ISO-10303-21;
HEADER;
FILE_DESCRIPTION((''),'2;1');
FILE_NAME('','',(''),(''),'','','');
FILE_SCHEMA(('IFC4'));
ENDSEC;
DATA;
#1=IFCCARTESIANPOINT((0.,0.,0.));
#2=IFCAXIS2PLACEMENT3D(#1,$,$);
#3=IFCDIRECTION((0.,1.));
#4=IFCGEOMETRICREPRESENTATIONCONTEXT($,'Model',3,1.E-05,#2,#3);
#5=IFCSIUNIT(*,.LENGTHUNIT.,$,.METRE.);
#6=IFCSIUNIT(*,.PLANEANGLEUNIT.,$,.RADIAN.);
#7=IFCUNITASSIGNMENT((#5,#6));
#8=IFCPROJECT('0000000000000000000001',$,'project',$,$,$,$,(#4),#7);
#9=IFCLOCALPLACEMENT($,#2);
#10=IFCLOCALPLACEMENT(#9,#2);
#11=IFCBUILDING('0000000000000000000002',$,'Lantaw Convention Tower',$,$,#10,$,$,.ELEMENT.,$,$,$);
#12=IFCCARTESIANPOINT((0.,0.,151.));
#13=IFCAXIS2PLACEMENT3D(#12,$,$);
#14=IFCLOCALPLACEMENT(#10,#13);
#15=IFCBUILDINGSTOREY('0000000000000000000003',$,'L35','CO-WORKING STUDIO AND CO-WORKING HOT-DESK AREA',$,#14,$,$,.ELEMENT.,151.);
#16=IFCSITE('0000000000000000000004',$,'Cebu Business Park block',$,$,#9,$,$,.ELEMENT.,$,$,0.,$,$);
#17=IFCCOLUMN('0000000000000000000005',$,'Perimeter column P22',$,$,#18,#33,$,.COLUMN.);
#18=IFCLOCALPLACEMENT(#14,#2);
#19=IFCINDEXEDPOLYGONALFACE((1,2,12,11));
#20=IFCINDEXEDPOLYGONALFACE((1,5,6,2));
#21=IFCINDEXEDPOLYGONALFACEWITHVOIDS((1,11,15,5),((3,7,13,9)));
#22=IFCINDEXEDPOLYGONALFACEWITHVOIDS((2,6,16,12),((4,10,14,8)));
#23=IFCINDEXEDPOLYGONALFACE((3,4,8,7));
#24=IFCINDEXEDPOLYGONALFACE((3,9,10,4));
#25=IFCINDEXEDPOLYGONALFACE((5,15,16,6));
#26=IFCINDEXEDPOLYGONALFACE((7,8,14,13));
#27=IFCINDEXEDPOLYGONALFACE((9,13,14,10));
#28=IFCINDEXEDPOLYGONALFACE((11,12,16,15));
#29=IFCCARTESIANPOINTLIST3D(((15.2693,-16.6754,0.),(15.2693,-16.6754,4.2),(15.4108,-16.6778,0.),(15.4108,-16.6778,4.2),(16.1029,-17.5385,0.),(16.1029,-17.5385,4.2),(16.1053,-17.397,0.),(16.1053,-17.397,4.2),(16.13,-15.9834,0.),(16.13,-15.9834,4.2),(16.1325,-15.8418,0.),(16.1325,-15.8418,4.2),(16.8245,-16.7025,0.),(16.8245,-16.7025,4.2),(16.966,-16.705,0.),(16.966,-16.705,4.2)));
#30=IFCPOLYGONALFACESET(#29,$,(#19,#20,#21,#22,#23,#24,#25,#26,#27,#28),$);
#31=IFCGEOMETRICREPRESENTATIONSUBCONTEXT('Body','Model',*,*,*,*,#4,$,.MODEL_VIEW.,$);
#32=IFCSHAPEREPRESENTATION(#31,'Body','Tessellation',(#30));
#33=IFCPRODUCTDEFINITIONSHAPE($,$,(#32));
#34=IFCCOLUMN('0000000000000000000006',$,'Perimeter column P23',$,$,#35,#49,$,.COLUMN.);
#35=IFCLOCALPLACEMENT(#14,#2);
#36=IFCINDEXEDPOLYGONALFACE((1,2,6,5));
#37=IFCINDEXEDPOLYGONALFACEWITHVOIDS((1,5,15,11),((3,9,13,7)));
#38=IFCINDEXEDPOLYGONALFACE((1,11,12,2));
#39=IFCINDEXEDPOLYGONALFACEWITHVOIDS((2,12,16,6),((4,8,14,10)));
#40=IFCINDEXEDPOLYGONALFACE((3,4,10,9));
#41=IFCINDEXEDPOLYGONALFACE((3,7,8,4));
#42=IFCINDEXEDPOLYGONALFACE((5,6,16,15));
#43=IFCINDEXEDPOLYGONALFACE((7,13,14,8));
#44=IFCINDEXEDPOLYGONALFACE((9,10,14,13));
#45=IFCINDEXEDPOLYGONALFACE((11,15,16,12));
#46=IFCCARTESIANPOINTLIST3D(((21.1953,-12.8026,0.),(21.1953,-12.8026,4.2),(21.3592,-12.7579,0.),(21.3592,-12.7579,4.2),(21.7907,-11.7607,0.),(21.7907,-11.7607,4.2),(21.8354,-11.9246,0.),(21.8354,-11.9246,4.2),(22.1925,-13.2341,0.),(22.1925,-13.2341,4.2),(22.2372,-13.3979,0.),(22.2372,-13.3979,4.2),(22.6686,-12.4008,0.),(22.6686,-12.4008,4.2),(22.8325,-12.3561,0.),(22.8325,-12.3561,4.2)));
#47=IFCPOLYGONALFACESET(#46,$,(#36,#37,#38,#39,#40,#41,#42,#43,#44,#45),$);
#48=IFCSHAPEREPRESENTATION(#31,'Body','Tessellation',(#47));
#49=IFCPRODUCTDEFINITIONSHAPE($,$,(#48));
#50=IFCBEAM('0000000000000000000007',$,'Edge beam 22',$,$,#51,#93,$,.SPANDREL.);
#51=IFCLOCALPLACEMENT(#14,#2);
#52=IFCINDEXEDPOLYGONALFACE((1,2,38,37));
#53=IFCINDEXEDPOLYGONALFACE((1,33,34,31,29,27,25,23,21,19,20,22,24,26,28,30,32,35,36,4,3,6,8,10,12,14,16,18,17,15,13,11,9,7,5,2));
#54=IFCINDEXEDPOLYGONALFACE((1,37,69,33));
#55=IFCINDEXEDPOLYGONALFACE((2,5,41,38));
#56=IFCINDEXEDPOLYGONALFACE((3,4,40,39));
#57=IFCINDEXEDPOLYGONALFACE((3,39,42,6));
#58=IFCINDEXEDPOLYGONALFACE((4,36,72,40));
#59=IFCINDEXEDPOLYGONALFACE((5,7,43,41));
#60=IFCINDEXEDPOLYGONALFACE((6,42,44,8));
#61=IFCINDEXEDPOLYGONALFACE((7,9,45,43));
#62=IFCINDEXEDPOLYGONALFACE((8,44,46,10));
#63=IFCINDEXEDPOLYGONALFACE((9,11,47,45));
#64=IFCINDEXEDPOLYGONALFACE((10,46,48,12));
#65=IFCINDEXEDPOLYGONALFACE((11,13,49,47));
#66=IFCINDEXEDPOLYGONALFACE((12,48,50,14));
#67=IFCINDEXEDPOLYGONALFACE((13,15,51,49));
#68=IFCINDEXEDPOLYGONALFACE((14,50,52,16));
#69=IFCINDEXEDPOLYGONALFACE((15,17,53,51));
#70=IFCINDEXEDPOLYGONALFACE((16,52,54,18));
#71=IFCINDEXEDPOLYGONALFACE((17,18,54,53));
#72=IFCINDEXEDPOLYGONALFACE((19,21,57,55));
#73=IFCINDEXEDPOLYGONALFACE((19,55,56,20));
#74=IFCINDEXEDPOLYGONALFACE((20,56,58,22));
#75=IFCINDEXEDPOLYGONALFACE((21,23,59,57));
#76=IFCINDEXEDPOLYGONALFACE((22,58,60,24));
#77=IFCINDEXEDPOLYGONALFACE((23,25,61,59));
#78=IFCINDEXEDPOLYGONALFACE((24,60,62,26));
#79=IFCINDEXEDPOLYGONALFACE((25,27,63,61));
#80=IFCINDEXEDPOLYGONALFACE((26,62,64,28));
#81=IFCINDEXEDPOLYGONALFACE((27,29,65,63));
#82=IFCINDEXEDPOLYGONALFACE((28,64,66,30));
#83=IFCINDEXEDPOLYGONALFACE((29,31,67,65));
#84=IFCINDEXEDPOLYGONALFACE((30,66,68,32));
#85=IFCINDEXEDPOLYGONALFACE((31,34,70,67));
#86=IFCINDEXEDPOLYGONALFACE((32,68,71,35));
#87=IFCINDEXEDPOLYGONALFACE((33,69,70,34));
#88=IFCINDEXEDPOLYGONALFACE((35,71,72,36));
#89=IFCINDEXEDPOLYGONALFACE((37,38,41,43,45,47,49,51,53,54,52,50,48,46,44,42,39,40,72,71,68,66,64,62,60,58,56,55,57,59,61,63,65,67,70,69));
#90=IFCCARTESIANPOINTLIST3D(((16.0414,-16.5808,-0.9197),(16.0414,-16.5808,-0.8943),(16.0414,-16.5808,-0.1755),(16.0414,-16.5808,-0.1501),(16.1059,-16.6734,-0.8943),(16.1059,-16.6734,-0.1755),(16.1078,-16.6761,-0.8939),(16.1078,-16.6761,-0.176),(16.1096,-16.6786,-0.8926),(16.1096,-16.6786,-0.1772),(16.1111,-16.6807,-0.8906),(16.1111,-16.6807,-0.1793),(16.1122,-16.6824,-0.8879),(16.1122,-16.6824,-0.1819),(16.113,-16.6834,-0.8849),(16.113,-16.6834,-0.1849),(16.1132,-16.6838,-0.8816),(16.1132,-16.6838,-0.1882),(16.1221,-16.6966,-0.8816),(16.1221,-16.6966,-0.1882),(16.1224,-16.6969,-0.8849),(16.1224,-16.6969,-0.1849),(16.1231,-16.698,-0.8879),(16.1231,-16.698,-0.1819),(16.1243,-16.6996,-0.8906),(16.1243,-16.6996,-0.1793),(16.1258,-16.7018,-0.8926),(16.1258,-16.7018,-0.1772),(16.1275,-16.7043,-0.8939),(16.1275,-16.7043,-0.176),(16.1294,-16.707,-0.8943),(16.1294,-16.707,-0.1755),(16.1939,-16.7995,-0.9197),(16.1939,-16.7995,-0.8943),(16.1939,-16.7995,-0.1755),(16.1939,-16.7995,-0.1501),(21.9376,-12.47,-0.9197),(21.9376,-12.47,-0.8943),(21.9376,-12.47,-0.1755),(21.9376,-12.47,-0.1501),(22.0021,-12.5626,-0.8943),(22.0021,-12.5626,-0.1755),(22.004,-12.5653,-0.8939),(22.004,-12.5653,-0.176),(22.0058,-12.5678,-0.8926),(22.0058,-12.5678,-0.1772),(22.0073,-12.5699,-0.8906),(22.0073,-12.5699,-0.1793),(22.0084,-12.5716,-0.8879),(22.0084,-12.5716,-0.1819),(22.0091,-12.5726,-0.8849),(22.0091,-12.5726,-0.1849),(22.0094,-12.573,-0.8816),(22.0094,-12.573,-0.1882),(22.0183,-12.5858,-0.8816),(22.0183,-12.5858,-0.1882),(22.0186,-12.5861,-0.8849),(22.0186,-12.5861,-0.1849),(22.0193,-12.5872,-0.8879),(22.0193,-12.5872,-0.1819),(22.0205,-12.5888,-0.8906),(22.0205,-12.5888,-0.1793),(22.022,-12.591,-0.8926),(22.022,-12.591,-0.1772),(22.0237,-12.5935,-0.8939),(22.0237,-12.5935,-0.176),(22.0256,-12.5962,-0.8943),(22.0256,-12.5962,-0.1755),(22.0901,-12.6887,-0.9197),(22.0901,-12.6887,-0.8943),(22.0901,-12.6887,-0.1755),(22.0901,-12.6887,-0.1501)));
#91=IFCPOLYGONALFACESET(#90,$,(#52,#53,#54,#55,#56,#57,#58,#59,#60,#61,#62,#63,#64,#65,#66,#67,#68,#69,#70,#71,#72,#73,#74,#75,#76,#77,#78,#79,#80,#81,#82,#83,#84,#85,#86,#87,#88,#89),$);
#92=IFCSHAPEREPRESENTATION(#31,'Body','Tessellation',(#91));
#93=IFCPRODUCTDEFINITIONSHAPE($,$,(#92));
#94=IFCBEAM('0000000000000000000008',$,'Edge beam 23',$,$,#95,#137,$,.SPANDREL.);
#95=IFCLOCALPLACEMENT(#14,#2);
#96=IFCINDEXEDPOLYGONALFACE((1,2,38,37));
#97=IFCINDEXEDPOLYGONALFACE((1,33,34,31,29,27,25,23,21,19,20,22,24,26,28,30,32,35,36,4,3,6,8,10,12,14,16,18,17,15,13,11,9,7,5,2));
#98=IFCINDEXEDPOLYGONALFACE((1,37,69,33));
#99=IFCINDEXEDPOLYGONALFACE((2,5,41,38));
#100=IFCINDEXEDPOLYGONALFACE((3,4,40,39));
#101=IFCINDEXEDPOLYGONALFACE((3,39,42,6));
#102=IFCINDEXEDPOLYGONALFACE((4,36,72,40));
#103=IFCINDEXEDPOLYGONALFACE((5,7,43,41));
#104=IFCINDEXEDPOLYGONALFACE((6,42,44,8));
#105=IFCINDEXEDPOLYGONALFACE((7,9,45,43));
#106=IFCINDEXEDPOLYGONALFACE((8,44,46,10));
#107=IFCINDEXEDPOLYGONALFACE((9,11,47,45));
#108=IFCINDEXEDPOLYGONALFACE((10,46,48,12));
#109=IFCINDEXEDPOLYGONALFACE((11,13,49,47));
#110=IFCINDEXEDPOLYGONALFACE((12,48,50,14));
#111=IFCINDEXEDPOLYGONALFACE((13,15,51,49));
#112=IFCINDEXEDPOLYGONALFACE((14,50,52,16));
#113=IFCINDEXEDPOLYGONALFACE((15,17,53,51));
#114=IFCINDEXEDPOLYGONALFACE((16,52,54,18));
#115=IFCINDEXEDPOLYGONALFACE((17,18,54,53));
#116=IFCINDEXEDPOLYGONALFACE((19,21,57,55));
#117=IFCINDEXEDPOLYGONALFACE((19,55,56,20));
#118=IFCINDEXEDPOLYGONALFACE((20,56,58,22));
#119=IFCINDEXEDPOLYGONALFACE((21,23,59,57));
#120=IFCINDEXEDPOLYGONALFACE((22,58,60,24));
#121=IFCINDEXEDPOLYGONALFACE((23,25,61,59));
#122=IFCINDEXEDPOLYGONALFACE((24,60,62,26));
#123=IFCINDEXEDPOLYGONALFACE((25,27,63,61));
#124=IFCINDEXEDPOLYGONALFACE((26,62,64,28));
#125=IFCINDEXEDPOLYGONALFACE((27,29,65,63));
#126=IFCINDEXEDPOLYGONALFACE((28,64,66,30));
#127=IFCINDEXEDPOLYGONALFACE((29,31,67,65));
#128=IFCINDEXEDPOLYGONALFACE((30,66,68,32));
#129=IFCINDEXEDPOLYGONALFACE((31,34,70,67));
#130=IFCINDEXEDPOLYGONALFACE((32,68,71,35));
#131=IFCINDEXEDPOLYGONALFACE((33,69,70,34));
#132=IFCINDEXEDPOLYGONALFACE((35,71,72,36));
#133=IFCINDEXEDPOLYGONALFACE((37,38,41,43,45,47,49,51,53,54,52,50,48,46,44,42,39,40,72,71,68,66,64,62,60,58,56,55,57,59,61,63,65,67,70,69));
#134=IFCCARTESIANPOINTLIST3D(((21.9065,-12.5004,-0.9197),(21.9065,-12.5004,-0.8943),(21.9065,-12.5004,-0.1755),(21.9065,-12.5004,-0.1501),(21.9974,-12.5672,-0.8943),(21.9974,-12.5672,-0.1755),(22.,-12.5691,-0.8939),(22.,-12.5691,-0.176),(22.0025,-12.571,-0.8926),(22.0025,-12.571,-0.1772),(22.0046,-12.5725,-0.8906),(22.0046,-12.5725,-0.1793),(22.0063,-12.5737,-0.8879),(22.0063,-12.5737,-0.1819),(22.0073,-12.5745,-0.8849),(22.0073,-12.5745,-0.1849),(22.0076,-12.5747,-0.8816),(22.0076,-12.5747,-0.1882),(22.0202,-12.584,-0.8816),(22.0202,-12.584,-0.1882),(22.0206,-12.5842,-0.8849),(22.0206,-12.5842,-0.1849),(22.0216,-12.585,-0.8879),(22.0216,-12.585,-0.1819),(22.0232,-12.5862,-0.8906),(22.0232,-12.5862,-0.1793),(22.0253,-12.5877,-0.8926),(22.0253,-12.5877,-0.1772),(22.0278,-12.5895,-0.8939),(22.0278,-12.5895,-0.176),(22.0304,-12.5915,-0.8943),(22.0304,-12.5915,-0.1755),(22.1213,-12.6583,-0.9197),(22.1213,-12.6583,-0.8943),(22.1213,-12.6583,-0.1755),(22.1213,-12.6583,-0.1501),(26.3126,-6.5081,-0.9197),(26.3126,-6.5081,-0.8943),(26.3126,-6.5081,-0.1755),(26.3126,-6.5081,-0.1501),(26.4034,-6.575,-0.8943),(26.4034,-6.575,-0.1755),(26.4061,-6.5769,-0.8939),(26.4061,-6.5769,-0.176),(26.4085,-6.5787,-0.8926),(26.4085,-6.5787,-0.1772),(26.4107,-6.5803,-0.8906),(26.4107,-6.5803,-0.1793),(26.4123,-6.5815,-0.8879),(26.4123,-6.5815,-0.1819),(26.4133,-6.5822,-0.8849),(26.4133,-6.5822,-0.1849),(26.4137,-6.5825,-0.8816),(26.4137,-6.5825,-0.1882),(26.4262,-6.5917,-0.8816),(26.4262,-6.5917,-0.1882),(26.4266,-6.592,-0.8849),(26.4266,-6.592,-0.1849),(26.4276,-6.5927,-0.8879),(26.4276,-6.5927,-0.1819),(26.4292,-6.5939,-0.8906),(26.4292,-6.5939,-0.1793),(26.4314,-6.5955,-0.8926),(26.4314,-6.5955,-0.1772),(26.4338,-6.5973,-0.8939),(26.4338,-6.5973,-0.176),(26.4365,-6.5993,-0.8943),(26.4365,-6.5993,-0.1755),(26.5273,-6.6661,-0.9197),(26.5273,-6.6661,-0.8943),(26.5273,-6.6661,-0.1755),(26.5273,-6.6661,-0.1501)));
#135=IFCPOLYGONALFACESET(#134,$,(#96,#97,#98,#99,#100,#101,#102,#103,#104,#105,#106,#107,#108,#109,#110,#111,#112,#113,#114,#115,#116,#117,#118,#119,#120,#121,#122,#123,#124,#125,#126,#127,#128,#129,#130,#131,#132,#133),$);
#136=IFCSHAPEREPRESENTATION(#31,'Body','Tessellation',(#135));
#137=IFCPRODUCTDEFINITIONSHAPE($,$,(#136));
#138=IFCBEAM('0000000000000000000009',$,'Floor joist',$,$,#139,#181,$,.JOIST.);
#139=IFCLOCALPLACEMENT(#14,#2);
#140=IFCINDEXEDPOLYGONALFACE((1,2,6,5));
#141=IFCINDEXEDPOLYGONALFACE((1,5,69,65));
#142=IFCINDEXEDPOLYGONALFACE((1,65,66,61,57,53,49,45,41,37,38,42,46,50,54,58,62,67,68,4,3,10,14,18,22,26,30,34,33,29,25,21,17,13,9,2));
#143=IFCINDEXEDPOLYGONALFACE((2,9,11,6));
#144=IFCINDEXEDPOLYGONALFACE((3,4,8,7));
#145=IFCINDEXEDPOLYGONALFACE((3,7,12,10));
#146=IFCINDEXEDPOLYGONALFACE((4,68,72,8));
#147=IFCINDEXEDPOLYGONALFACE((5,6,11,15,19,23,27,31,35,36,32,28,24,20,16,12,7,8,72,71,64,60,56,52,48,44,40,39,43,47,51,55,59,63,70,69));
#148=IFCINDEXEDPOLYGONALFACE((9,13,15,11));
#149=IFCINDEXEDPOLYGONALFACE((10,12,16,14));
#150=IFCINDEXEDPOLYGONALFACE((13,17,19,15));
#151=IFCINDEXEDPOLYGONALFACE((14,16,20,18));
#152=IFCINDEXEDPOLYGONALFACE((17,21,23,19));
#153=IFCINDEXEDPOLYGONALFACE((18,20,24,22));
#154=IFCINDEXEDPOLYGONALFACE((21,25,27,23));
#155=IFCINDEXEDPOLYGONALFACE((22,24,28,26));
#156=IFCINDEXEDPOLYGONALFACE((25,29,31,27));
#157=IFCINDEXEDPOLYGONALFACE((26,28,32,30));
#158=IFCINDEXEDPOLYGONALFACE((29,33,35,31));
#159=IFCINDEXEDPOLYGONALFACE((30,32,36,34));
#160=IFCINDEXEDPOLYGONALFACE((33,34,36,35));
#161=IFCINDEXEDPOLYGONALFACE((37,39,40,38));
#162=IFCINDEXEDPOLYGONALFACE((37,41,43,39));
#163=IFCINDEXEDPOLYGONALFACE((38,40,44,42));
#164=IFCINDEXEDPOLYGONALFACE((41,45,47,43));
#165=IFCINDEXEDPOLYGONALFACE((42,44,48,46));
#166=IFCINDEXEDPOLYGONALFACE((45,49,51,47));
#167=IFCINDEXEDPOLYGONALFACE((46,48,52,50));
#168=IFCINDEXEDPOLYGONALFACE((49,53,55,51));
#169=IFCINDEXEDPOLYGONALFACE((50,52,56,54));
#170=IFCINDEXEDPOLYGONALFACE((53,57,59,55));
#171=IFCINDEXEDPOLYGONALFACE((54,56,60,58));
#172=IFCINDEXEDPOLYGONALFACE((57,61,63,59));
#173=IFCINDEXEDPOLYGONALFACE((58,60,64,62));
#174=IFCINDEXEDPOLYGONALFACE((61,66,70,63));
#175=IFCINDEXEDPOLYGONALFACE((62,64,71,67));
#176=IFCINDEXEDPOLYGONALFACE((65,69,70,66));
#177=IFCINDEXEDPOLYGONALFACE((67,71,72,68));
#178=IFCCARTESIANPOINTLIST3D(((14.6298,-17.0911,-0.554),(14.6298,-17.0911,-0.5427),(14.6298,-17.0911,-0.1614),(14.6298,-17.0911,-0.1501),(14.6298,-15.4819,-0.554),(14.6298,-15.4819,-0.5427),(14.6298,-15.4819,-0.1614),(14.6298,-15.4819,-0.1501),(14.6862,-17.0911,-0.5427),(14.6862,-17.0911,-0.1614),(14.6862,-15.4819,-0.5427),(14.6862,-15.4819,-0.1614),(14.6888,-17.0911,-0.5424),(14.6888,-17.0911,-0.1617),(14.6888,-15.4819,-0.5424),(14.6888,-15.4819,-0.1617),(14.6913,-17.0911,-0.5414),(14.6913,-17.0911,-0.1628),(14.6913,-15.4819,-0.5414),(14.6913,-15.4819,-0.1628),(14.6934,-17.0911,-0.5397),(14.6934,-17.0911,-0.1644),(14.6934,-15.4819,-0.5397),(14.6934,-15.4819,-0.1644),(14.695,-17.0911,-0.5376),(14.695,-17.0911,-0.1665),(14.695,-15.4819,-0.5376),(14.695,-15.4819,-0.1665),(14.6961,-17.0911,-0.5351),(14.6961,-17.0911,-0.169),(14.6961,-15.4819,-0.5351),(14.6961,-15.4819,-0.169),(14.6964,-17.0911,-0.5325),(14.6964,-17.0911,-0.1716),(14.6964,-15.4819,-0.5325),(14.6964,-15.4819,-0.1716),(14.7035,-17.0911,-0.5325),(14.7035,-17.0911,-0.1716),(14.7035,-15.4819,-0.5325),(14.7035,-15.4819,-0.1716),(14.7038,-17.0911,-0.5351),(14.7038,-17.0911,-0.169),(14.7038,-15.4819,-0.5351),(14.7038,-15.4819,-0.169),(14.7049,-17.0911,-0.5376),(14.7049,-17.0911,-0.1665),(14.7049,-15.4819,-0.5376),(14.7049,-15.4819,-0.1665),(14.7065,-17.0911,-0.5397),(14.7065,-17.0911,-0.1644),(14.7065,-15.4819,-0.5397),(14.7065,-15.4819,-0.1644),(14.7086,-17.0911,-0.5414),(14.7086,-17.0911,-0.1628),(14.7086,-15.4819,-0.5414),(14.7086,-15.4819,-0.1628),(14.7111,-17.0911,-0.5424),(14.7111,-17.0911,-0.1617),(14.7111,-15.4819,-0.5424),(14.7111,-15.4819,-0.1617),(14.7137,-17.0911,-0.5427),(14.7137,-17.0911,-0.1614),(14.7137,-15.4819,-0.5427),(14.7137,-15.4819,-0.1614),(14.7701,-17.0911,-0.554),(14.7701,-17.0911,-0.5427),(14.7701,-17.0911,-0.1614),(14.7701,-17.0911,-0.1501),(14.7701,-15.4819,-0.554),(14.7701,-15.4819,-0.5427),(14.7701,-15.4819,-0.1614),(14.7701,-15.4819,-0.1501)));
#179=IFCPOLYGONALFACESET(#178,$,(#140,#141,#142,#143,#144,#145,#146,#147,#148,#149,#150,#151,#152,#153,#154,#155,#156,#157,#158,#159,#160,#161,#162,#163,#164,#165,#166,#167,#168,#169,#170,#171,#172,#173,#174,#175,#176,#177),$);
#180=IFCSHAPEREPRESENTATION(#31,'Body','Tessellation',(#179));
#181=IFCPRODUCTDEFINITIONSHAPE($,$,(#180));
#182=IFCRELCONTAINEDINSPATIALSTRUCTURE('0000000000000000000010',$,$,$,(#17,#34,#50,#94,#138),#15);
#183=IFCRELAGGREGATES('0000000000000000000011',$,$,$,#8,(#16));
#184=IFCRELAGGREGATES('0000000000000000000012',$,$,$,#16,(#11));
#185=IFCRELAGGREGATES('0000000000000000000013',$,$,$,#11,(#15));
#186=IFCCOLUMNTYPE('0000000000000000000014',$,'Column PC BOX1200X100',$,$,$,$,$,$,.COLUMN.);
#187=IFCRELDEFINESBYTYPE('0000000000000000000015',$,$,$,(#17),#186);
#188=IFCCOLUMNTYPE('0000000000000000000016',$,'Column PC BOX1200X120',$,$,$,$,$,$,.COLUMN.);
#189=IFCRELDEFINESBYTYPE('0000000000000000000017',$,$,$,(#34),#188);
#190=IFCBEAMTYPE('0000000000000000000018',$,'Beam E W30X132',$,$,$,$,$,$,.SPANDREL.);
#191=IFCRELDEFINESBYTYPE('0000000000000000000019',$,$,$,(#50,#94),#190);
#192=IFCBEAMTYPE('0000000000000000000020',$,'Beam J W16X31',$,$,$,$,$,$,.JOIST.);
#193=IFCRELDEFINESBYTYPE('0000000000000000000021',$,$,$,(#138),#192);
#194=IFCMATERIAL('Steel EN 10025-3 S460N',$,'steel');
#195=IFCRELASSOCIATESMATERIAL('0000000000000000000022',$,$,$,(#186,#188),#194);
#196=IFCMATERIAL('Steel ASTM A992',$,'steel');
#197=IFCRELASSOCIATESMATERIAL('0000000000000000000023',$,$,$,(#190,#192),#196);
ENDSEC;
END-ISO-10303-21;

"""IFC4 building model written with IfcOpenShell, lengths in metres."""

from ifc_helpers import new_model, si_unit, direction, frame, origin, origin_2d, place, context, subcontext, project, spatial, rectangle, hollow_rectangle, i_section, extrude, material, material_profile, profile_set, type_object, element, save


model = new_model("IFC4")

# Units and contexts
model_context = context("Model", 3, precision=1e-05, world=origin(), true_north=direction((0.0, 1.0)))
body_context = subcontext(model_context, "Body", "Model", "MODEL_VIEW")
ifc_project = project(units=[si_unit("LENGTHUNIT", "METRE"), si_unit("PLANEANGLEUNIT", "RADIAN")], contexts=[model_context])

# Site, building, storey
site_placement = place(None, origin())
site = spatial("IfcSite", under=ifc_project, at=site_placement, Name="Cebu Business Park block", CompositionType="ELEMENT", RefElevation=0.0)
building_placement = place(site_placement, origin())
building = spatial("IfcBuilding", under=site, at=building_placement, Name="Lantaw Convention Tower", CompositionType="ELEMENT")
storey_placement = place(building_placement, frame((0.0, 0.0, 151.0)))
storey = spatial("IfcBuildingStorey", under=building, at=storey_placement, Name="L35", Description="CO-WORKING STUDIO AND CO-WORKING HOT-DESK AREA", CompositionType="ELEMENT", Elevation=151.0)

# Columns
ifc_material_1 = material(Name="Steel EN 10025-3 S460N", Category="steel")
ifc_material_profile_1 = material_profile(ifc_material_1, hollow_rectangle(XDim=1.2, YDim=1.2, WallThickness=0.1001, at=origin_2d()), Name="BOX1200X100")
ifc_material_2 = material(Name="Concrete C60/75", Category="concrete")
ifc_material_profile_2 = material_profile(ifc_material_2, rectangle(XDim=1.0, YDim=1.0, at=origin_2d()), Name="Concrete fill of BOX1200X100")
ifc_profile_set_1 = profile_set([ifc_material_profile_1, ifc_material_profile_2], Name="Steel EN 10025-3 S460N")
column_type_1 = type_object("IfcColumnType", Name="Column PC BOX1200X100", PredefinedType="COLUMN", material=ifc_profile_set_1)
column_1_placement = place(storey_placement, frame((16.1177, -16.6902, 0.0), z_axis=(0.0, 0.0, 1.0), x_axis=(0.71934, 0.694658, 0.0)))
element("IfcColumn", 1, at=column_1_placement, inside=storey, type_object=column_type_1, Name="Perimeter column P22", PredefinedType="COLUMN", context=body_context, shape_type="SweptSolid", body=[
    extrude(hollow_rectangle(XDim=1.2, YDim=1.2, WallThickness=0.1001, at=origin_2d()), origin(), (0.0, 0.0, 1.0), 4.2),
])
ifc_material_profile_3 = material_profile(ifc_material_1, hollow_rectangle(XDim=1.2, YDim=1.2, WallThickness=0.1201, at=origin_2d()), Name="BOX1200X120")
ifc_material_profile_4 = material_profile(ifc_material_2, rectangle(XDim=0.96, YDim=0.96, at=origin_2d()), Name="Concrete fill of BOX1200X120")
ifc_profile_set_2 = profile_set([ifc_material_profile_3, ifc_material_profile_4], Name="Steel EN 10025-3 S460N")
column_type_2 = type_object("IfcColumnType", Name="Column PC BOX1200X120", PredefinedType="COLUMN", material=ifc_profile_set_2)
column_2_placement = place(storey_placement, frame((22.0139, -12.5793, 0.0), z_axis=(0.0, 0.0, 1.0), x_axis=(0.496139, 0.868243, 0.0)))
element("IfcColumn", 2, at=column_2_placement, inside=storey, type_object=column_type_2, Name="Perimeter column P23", PredefinedType="COLUMN", context=body_context, shape_type="SweptSolid", body=[
    extrude(hollow_rectangle(XDim=1.2, YDim=1.2, WallThickness=0.1201, at=origin_2d()), origin(), (0.0, 0.0, 1.0), 4.2),
])

# Beams
ifc_material_3 = material(Name="Steel ASTM A992", Category="steel")
ifc_material_profile_5 = material_profile(ifc_material_3, i_section(OverallWidth=0.2666, OverallDepth=0.7695, WebThickness=0.0156, FlangeThickness=0.0254, FilletRadius=0.0127, at=origin_2d()), Name="W30X132")
ifc_profile_set_3 = profile_set([ifc_material_profile_5], Name="Steel ASTM A992")
beam_type_1 = type_object("IfcBeamType", Name="Beam E W30X132", PredefinedType="SPANDREL", material=ifc_profile_set_3)
beam_1_placement = place(storey_placement, frame((16.1177, -16.6902, -0.5349), z_axis=(0.820311, 0.571918, 0.0), x_axis=(-0.571918, 0.820311, 0.0)))
element("IfcBeam", 3, at=beam_1_placement, inside=storey, type_object=beam_type_1, Name="Edge beam 22", PredefinedType="SPANDREL", context=body_context, shape_type="SweptSolid", body=[
    extrude(i_section(OverallWidth=0.2666, OverallDepth=0.7695, WebThickness=0.0156, FlangeThickness=0.0254, FilletRadius=0.0127, at=origin_2d()), origin(), (0.0, 0.0, 1.0), 7.1877),
])
beam_2_placement = place(storey_placement, frame((22.0139, -12.5793, -0.5349), z_axis=(0.592389, 0.805652, 0.0), x_axis=(-0.805652, 0.592389, 0.0)))
element("IfcBeam", 4, at=beam_2_placement, inside=storey, type_object=beam_type_1, Name="Edge beam 23", PredefinedType="SPANDREL", context=body_context, shape_type="SweptSolid", body=[
    extrude(i_section(OverallWidth=0.2666, OverallDepth=0.7695, WebThickness=0.0156, FlangeThickness=0.0254, FilletRadius=0.0127, at=origin_2d()), origin(), (0.0, 0.0, 1.0), 7.4377),
])
ifc_material_profile_6 = material_profile(ifc_material_3, i_section(OverallWidth=0.1404, OverallDepth=0.4038, WebThickness=0.0071, FlangeThickness=0.0112, FilletRadius=0.0103, at=origin_2d()), Name="W16X31")
ifc_profile_set_4 = profile_set([ifc_material_profile_6], Name="Steel ASTM A992")
beam_type_2 = type_object("IfcBeamType", Name="Beam J W16X31", PredefinedType="JOIST", material=ifc_profile_set_4)
beam_3_placement = place(storey_placement, frame((14.7, -17.0911, -0.3521), z_axis=(0.0, 1.0, 0.0), x_axis=(-1.0, 0.0, 0.0)))
element("IfcBeam", 5, at=beam_3_placement, inside=storey, type_object=beam_type_2, Name="Floor joist", PredefinedType="JOIST", context=body_context, shape_type="SweptSolid", body=[
    extrude(i_section(OverallWidth=0.1404, OverallDepth=0.4038, WebThickness=0.0071, FlangeThickness=0.0112, FilletRadius=0.0103, at=origin_2d()), origin(), (0.0, 0.0, 1.0), 1.6091),
])

save(model, "model.ifc")
